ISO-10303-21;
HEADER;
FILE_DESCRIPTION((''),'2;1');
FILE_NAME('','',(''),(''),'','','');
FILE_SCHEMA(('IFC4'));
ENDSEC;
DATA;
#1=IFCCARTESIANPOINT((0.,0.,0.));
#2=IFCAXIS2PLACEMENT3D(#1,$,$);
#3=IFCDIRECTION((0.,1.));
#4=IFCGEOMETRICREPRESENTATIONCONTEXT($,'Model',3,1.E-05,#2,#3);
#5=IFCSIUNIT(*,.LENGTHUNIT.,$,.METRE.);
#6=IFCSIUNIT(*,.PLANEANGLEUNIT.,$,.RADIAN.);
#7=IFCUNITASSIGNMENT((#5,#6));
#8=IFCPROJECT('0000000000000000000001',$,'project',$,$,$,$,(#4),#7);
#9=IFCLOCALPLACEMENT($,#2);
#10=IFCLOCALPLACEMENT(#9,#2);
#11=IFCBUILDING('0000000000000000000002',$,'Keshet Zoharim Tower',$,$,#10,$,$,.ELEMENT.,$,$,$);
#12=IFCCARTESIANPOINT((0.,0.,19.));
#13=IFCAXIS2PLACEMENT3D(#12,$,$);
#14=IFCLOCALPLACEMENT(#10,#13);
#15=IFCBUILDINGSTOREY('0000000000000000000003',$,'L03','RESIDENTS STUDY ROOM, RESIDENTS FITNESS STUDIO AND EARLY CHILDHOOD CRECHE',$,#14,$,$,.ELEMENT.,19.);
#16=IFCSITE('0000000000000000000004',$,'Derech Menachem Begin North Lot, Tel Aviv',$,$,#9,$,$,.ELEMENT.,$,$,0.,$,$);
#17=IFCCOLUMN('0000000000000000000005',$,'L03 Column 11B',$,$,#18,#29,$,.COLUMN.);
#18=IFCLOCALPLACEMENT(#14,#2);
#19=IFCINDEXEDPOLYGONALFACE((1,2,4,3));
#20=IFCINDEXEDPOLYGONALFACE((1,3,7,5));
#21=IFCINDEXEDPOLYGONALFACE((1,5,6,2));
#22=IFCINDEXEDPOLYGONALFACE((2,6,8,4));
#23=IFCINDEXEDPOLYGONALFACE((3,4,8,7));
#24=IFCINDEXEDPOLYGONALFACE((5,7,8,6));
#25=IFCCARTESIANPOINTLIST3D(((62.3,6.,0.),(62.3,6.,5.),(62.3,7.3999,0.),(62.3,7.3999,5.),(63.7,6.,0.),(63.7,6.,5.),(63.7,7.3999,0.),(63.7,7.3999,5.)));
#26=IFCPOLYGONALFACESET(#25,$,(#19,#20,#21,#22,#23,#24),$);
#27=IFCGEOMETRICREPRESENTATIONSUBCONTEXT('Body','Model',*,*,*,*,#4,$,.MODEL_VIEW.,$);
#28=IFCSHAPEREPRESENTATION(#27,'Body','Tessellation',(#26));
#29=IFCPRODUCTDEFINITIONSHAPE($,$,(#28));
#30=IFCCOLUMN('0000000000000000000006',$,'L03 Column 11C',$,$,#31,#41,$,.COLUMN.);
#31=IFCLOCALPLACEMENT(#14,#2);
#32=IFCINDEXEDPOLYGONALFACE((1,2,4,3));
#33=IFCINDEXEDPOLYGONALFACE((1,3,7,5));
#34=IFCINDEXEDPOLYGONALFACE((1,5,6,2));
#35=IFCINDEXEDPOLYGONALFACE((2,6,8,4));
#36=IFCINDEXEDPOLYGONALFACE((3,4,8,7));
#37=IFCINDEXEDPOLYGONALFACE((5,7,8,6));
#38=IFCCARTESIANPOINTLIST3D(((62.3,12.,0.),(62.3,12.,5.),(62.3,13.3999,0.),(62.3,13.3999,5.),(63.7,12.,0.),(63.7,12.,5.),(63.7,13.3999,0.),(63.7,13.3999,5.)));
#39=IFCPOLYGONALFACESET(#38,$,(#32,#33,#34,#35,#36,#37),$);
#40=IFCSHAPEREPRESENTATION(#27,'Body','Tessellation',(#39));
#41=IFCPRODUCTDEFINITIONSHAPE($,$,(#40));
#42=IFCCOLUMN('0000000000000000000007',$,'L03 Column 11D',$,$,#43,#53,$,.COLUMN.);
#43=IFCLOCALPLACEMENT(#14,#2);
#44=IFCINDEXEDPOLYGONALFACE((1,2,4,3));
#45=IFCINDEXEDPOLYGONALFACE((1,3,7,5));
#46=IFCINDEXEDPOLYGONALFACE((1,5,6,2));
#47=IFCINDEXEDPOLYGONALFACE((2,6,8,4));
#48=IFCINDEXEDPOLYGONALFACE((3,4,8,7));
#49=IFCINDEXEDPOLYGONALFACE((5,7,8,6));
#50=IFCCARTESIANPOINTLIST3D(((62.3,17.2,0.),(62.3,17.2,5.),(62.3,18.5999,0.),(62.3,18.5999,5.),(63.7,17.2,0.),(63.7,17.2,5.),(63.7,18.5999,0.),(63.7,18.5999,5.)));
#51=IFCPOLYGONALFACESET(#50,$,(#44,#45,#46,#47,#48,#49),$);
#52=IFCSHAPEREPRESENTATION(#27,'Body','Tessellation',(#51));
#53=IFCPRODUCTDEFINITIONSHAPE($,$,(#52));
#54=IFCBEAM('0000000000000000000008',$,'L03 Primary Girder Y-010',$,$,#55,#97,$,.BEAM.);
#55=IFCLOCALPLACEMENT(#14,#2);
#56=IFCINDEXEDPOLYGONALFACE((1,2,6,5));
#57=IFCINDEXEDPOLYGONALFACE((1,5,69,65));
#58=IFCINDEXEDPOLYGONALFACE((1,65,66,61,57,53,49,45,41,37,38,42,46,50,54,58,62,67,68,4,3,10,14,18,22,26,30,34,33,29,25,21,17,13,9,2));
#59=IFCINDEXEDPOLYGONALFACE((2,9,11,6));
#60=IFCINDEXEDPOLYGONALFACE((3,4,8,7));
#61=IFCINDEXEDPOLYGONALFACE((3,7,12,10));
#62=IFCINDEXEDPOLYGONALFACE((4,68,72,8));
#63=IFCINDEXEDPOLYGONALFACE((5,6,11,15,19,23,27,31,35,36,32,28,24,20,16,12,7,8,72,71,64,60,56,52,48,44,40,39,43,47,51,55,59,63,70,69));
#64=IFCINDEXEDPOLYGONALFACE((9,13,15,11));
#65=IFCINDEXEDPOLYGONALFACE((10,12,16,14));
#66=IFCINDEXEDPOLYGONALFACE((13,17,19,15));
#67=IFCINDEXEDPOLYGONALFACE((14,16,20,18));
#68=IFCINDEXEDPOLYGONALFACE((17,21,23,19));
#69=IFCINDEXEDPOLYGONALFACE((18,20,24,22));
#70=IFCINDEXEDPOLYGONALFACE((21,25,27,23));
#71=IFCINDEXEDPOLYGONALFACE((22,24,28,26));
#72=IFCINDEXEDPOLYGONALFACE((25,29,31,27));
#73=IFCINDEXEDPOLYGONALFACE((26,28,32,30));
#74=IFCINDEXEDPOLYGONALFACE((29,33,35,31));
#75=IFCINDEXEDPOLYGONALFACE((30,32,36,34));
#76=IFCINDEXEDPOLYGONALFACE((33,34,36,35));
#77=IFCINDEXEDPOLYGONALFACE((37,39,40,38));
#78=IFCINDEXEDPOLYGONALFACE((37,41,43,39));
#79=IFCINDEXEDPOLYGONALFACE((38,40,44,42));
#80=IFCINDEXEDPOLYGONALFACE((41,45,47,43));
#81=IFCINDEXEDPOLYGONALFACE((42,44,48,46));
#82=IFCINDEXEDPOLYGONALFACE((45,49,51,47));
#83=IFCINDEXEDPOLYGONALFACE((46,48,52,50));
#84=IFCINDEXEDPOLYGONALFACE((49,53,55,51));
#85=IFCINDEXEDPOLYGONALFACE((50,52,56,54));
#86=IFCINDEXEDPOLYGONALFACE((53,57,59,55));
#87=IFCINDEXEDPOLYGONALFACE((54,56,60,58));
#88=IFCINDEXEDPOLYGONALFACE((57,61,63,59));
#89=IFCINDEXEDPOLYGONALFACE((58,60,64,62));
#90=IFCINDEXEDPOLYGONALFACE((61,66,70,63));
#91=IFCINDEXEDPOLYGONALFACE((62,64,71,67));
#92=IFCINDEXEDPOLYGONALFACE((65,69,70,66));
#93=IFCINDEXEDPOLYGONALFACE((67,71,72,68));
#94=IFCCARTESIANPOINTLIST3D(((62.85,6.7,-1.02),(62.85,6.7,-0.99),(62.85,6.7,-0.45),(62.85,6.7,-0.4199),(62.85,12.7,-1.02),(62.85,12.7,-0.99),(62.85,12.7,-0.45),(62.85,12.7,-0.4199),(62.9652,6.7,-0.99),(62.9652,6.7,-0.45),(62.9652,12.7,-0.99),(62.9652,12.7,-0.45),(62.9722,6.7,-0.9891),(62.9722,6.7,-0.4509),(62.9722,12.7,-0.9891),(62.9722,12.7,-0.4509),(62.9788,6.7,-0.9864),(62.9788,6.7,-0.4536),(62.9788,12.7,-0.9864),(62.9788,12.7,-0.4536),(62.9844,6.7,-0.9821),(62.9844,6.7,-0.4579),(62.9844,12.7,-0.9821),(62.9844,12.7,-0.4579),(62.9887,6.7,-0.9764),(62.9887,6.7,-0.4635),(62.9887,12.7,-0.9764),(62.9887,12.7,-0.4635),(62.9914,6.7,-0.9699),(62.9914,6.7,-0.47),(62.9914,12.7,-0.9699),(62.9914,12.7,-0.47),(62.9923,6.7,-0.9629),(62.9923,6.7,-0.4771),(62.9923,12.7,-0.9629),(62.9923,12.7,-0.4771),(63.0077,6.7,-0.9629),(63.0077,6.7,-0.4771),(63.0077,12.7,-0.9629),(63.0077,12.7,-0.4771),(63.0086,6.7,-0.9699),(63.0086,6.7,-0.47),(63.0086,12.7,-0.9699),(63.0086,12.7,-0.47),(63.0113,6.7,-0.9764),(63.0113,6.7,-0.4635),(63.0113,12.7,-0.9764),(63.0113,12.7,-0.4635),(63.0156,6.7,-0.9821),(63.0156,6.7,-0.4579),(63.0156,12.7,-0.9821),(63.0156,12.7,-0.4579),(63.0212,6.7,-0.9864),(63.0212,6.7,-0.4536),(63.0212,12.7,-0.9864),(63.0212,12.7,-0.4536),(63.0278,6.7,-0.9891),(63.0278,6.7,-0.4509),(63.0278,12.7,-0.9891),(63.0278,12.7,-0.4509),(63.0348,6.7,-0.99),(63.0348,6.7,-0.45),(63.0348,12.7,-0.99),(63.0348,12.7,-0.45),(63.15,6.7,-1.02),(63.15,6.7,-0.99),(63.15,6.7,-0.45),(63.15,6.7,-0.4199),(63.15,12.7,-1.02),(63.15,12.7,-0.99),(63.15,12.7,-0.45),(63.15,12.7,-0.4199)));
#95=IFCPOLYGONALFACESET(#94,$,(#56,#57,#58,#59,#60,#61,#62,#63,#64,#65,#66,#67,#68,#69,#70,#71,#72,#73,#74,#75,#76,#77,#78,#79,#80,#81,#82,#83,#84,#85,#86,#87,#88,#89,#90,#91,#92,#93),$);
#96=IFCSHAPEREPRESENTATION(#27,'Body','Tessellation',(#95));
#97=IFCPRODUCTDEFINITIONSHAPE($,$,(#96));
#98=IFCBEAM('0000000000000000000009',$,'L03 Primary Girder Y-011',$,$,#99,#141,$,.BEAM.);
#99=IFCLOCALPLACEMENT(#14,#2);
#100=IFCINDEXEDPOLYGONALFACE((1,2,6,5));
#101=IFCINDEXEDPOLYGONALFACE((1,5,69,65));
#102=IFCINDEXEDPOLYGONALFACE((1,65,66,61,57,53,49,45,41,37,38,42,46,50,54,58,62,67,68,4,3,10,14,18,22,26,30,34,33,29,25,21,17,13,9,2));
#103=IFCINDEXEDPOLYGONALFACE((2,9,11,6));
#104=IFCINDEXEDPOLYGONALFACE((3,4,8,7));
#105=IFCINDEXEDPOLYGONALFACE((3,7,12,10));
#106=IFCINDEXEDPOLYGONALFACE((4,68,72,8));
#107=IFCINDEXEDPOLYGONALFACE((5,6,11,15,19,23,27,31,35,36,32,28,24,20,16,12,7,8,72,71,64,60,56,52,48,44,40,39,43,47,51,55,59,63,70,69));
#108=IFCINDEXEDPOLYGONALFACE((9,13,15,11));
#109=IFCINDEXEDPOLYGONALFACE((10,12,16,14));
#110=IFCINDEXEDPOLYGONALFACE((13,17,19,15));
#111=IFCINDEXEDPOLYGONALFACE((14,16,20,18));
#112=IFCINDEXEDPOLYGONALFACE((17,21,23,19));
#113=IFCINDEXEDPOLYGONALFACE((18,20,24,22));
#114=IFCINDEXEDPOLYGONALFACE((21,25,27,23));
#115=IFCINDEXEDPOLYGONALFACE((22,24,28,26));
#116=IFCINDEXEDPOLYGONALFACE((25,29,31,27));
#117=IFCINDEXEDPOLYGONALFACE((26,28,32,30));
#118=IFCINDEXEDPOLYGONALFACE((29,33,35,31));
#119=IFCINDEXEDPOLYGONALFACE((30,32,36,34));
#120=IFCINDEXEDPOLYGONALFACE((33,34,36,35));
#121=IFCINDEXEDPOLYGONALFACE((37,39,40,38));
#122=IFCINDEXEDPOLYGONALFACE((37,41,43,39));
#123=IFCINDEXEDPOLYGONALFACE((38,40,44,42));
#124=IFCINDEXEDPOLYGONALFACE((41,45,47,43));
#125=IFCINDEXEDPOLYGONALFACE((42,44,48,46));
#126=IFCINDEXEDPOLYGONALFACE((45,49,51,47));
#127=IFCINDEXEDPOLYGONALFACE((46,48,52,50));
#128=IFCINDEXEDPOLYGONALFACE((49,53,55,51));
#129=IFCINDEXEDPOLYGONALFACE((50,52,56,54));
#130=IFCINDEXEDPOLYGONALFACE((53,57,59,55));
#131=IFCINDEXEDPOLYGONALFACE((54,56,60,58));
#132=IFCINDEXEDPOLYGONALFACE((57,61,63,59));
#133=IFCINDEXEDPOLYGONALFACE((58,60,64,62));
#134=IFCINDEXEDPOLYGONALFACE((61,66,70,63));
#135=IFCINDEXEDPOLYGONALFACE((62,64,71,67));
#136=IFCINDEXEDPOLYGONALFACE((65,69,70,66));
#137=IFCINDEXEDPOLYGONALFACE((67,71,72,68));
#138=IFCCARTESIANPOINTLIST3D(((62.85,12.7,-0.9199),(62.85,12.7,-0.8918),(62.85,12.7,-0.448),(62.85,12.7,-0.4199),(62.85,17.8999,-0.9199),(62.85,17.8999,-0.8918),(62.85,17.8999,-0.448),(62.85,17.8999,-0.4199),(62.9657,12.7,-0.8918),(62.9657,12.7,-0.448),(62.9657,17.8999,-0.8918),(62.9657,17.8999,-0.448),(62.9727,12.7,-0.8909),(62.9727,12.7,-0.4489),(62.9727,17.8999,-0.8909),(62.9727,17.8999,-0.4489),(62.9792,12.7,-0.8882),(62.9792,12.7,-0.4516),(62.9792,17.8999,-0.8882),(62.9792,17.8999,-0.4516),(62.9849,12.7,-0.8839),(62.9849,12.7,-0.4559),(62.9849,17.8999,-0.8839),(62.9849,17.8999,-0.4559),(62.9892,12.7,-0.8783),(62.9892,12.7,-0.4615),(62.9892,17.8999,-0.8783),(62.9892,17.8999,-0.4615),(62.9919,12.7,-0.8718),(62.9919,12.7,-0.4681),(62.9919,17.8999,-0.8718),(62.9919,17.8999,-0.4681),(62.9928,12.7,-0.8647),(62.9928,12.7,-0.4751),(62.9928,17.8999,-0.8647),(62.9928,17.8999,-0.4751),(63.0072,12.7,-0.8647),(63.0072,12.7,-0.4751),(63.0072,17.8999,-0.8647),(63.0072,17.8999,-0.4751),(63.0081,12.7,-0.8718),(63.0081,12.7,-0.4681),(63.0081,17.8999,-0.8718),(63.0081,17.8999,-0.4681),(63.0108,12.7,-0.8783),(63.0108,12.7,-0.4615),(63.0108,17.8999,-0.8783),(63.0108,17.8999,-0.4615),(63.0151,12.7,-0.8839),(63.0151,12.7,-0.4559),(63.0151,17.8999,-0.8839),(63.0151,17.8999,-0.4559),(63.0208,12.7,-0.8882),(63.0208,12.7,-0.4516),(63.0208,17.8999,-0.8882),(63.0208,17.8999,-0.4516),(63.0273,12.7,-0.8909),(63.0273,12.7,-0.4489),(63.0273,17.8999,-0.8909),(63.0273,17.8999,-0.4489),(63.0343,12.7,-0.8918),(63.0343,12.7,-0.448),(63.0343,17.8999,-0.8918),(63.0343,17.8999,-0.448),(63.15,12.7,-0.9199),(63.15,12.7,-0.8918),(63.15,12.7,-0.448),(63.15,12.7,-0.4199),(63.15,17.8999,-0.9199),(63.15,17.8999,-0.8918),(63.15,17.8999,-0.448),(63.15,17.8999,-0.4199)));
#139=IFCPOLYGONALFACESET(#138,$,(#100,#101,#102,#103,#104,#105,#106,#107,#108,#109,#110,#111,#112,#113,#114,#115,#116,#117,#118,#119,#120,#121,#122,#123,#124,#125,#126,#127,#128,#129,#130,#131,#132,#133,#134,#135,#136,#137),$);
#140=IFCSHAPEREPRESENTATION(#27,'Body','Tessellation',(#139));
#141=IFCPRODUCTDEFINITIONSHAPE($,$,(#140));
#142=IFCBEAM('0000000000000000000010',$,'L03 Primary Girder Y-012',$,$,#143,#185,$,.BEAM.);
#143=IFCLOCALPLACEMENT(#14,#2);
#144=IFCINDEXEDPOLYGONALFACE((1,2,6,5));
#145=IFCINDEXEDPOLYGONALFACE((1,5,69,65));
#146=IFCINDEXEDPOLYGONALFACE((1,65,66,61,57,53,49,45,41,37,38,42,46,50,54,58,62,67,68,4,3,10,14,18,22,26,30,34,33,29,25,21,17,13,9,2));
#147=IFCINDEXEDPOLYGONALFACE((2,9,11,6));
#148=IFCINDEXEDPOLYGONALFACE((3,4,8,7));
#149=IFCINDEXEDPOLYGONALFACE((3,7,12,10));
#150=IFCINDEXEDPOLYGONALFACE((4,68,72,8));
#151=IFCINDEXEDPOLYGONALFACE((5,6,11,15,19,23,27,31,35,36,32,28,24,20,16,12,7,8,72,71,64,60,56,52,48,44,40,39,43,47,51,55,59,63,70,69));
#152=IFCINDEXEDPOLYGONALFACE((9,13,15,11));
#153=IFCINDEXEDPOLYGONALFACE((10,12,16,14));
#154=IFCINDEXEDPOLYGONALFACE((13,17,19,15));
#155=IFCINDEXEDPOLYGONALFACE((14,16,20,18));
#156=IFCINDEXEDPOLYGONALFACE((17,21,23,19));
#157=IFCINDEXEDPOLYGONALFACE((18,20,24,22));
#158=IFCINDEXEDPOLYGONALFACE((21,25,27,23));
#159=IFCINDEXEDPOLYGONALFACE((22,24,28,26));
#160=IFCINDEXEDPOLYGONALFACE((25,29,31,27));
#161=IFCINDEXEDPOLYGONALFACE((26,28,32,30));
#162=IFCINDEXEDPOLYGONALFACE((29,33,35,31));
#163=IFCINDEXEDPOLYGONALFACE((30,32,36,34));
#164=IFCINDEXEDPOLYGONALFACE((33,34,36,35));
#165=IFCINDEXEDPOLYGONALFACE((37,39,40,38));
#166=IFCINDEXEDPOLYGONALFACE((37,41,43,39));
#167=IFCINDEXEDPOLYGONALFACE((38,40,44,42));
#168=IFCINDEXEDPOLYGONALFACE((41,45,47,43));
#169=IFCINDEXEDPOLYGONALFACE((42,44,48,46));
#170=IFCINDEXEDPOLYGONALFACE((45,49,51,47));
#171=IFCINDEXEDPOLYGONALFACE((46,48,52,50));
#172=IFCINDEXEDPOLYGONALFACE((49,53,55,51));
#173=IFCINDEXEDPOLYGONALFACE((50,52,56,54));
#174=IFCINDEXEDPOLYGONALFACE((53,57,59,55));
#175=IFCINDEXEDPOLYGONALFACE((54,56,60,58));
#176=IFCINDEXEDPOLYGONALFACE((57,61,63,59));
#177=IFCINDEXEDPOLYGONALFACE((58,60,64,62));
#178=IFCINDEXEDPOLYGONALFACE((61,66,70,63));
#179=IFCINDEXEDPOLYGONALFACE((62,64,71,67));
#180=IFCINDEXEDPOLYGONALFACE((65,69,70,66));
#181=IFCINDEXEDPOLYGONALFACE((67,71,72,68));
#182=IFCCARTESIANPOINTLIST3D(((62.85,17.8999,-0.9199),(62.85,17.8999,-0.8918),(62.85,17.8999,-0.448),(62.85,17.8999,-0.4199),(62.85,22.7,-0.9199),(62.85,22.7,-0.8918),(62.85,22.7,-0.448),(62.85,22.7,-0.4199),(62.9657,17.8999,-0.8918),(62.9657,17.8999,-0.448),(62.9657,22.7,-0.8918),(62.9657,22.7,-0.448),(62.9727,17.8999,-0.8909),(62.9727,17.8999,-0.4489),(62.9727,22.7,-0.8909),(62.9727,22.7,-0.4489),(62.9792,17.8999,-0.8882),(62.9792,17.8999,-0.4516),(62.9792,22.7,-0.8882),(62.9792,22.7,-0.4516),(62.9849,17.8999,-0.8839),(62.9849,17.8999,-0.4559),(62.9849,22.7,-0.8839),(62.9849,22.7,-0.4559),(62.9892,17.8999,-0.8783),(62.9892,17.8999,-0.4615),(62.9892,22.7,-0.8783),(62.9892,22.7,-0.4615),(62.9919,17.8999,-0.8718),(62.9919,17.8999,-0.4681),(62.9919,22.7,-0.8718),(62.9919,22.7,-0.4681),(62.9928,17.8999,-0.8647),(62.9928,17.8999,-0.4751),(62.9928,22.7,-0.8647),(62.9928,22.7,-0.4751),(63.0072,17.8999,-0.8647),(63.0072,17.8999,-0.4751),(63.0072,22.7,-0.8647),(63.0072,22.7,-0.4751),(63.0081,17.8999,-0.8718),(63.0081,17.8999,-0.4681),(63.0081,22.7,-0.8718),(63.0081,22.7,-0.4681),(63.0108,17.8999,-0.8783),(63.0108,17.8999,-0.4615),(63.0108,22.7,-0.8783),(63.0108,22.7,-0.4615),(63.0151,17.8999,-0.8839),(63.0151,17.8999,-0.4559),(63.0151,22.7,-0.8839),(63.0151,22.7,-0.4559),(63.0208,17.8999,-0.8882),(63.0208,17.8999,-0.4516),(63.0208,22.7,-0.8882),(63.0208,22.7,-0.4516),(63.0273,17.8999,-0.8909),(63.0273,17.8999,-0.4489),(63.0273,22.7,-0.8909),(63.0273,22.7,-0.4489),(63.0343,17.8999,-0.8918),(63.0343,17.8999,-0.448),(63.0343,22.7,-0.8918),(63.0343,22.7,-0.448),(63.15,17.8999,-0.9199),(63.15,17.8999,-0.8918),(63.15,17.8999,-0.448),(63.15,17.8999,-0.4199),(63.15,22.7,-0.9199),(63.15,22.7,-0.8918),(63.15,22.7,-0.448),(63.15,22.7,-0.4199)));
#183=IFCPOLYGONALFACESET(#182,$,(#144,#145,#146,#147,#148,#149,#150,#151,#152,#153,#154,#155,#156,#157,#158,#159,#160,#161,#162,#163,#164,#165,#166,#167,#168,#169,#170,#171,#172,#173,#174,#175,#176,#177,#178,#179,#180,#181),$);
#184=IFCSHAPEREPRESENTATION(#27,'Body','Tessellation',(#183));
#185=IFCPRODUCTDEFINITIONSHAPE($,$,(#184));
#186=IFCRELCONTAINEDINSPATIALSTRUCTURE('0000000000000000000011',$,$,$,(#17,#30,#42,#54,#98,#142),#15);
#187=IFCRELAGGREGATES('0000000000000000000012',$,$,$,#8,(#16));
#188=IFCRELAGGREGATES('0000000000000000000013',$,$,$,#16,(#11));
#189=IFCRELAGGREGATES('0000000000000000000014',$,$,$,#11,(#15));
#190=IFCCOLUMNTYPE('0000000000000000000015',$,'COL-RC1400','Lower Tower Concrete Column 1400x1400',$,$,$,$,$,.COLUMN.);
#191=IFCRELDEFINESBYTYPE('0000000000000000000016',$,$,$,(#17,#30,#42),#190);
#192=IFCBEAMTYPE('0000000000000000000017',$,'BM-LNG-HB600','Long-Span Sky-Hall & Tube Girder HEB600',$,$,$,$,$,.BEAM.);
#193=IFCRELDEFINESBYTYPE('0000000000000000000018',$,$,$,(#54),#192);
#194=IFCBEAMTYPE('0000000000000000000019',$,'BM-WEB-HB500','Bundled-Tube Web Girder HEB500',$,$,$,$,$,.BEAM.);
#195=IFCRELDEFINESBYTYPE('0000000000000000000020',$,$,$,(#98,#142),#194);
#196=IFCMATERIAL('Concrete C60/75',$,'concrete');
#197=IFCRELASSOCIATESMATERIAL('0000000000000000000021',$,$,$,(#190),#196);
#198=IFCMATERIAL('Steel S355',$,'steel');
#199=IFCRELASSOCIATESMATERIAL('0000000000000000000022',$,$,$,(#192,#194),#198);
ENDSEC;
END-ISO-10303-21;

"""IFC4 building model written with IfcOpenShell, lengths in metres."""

from ifc_helpers import new_model, si_unit, direction, frame, origin, origin_2d, place, context, subcontext, project, spatial, rectangle, i_section, extrude, material, material_profile, profile_set, type_object, element, save


model = new_model("IFC4")

# Units and contexts
model_context = context("Model", 3, precision=1e-05, world=origin(), true_north=direction((0.0, 1.0)))
body_context = subcontext(model_context, "Body", "Model", "MODEL_VIEW")
ifc_project = project(units=[si_unit("LENGTHUNIT", "METRE"), si_unit("PLANEANGLEUNIT", "RADIAN")], contexts=[model_context])

# Site, building, storey
site_placement = place(None, origin())
site = spatial("IfcSite", under=ifc_project, at=site_placement, Name="Derech Menachem Begin North Lot, Tel Aviv", CompositionType="ELEMENT", RefElevation=0.0)
building_placement = place(site_placement, origin())
building = spatial("IfcBuilding", under=site, at=building_placement, Name="Keshet Zoharim Tower", CompositionType="ELEMENT")
storey_placement = place(building_placement, frame((0.0, 0.0, 19.0)))
storey = spatial("IfcBuildingStorey", under=building, at=storey_placement, Name="L03", Description="RESIDENTS STUDY ROOM, RESIDENTS FITNESS STUDIO AND EARLY CHILDHOOD CRECHE", CompositionType="ELEMENT", Elevation=19.0)

# Columns
ifc_material_1 = material(Name="Concrete C60/75", Category="concrete")
ifc_material_profile_1 = material_profile(ifc_material_1, rectangle(XDim=1.3999, YDim=1.3999, at=origin_2d()), Name="RC1400x1400")
ifc_profile_set_1 = profile_set([ifc_material_profile_1], Name="Concrete C60/75")
column_type = type_object("IfcColumnType", Name="COL-RC1400", Description="Lower Tower Concrete Column 1400x1400", PredefinedType="COLUMN", material=ifc_profile_set_1)
for number, where, z_axis, x_axis, name in (
    (1, (63.0, 6.7, 0.0), (0.0, 0.0, 1.0), (1.0, 0.0, 0.0), "L03 Column 11B"),
    (2, (63.0, 12.7, 0.0), (0.0, 0.0, 1.0), (1.0, 0.0, 0.0), "L03 Column 11C"),
    (3, (63.0, 17.8999, 0.0), (0.0, 0.0, 1.0), (1.0, 0.0, 0.0), "L03 Column 11D"),
):
    element("IfcColumn", number, at=place(storey_placement, frame(where, z_axis=z_axis, x_axis=x_axis)), inside=storey, type_object=column_type, Name=name, PredefinedType="COLUMN", context=body_context, shape_type="SweptSolid", body=[
        extrude(rectangle(XDim=1.3999, YDim=1.3999, at=origin_2d()), origin(), (0.0, 0.0, 1.0), 5.0),
    ])

# Beams
ifc_material_2 = material(Name="Steel S355", Category="steel")
ifc_material_profile_2 = material_profile(ifc_material_2, i_section(OverallWidth=0.3, OverallDepth=0.6001, WebThickness=0.0154, FlangeThickness=0.03, FilletRadius=0.0271, at=origin_2d()), Name="HEB600")
ifc_profile_set_2 = profile_set([ifc_material_profile_2], Name="Steel S355")
beam_type_1 = type_object("IfcBeamType", Name="BM-LNG-HB600", Description="Long-Span Sky-Hall & Tube Girder HEB600", PredefinedType="BEAM", material=ifc_profile_set_2)
beam_1_placement = place(storey_placement, frame((63.0, 6.7, -0.72), z_axis=(0.0, 1.0, 0.0), x_axis=(-1.0, 0.0, 0.0)))
element("IfcBeam", 4, at=beam_1_placement, inside=storey, type_object=beam_type_1, Name="L03 Primary Girder Y-010", PredefinedType="BEAM", context=body_context, shape_type="SweptSolid", body=[
    extrude(i_section(OverallWidth=0.3, OverallDepth=0.6001, WebThickness=0.0154, FlangeThickness=0.03, FilletRadius=0.0271, at=origin_2d()), origin(), (0.0, 0.0, 1.0), 6.0),
])
ifc_material_profile_3 = material_profile(ifc_material_2, i_section(OverallWidth=0.3, OverallDepth=0.5, WebThickness=0.0144, FlangeThickness=0.0281, FilletRadius=0.0271, at=origin_2d()), Name="HEB500")
ifc_profile_set_3 = profile_set([ifc_material_profile_3], Name="Steel S355")
beam_type_2 = type_object("IfcBeamType", Name="BM-WEB-HB500", Description="Bundled-Tube Web Girder HEB500", PredefinedType="BEAM", material=ifc_profile_set_3)
beam_2_placement = place(storey_placement, frame((63.0, 12.7, -0.6699), z_axis=(0.0, 1.0, 0.0), x_axis=(-1.0, 0.0, 0.0)))
element("IfcBeam", 5, at=beam_2_placement, inside=storey, type_object=beam_type_2, Name="L03 Primary Girder Y-011", PredefinedType="BEAM", context=body_context, shape_type="SweptSolid", body=[
    extrude(i_section(OverallWidth=0.3, OverallDepth=0.5, WebThickness=0.0144, FlangeThickness=0.0281, FilletRadius=0.0271, at=origin_2d()), origin(), (0.0, 0.0, 1.0), 5.2),
])
beam_3_placement = place(storey_placement, frame((63.0, 17.8999, -0.6699), z_axis=(0.0, 1.0, 0.0), x_axis=(-1.0, 0.0, 0.0)))
element("IfcBeam", 6, at=beam_3_placement, inside=storey, type_object=beam_type_2, Name="L03 Primary Girder Y-012", PredefinedType="BEAM", context=body_context, shape_type="SweptSolid", body=[
    extrude(i_section(OverallWidth=0.3, OverallDepth=0.5, WebThickness=0.0144, FlangeThickness=0.0281, FilletRadius=0.0271, at=origin_2d()), origin(), (0.0, 0.0, 1.0), 4.8),
])

save(model, "model.ifc")
